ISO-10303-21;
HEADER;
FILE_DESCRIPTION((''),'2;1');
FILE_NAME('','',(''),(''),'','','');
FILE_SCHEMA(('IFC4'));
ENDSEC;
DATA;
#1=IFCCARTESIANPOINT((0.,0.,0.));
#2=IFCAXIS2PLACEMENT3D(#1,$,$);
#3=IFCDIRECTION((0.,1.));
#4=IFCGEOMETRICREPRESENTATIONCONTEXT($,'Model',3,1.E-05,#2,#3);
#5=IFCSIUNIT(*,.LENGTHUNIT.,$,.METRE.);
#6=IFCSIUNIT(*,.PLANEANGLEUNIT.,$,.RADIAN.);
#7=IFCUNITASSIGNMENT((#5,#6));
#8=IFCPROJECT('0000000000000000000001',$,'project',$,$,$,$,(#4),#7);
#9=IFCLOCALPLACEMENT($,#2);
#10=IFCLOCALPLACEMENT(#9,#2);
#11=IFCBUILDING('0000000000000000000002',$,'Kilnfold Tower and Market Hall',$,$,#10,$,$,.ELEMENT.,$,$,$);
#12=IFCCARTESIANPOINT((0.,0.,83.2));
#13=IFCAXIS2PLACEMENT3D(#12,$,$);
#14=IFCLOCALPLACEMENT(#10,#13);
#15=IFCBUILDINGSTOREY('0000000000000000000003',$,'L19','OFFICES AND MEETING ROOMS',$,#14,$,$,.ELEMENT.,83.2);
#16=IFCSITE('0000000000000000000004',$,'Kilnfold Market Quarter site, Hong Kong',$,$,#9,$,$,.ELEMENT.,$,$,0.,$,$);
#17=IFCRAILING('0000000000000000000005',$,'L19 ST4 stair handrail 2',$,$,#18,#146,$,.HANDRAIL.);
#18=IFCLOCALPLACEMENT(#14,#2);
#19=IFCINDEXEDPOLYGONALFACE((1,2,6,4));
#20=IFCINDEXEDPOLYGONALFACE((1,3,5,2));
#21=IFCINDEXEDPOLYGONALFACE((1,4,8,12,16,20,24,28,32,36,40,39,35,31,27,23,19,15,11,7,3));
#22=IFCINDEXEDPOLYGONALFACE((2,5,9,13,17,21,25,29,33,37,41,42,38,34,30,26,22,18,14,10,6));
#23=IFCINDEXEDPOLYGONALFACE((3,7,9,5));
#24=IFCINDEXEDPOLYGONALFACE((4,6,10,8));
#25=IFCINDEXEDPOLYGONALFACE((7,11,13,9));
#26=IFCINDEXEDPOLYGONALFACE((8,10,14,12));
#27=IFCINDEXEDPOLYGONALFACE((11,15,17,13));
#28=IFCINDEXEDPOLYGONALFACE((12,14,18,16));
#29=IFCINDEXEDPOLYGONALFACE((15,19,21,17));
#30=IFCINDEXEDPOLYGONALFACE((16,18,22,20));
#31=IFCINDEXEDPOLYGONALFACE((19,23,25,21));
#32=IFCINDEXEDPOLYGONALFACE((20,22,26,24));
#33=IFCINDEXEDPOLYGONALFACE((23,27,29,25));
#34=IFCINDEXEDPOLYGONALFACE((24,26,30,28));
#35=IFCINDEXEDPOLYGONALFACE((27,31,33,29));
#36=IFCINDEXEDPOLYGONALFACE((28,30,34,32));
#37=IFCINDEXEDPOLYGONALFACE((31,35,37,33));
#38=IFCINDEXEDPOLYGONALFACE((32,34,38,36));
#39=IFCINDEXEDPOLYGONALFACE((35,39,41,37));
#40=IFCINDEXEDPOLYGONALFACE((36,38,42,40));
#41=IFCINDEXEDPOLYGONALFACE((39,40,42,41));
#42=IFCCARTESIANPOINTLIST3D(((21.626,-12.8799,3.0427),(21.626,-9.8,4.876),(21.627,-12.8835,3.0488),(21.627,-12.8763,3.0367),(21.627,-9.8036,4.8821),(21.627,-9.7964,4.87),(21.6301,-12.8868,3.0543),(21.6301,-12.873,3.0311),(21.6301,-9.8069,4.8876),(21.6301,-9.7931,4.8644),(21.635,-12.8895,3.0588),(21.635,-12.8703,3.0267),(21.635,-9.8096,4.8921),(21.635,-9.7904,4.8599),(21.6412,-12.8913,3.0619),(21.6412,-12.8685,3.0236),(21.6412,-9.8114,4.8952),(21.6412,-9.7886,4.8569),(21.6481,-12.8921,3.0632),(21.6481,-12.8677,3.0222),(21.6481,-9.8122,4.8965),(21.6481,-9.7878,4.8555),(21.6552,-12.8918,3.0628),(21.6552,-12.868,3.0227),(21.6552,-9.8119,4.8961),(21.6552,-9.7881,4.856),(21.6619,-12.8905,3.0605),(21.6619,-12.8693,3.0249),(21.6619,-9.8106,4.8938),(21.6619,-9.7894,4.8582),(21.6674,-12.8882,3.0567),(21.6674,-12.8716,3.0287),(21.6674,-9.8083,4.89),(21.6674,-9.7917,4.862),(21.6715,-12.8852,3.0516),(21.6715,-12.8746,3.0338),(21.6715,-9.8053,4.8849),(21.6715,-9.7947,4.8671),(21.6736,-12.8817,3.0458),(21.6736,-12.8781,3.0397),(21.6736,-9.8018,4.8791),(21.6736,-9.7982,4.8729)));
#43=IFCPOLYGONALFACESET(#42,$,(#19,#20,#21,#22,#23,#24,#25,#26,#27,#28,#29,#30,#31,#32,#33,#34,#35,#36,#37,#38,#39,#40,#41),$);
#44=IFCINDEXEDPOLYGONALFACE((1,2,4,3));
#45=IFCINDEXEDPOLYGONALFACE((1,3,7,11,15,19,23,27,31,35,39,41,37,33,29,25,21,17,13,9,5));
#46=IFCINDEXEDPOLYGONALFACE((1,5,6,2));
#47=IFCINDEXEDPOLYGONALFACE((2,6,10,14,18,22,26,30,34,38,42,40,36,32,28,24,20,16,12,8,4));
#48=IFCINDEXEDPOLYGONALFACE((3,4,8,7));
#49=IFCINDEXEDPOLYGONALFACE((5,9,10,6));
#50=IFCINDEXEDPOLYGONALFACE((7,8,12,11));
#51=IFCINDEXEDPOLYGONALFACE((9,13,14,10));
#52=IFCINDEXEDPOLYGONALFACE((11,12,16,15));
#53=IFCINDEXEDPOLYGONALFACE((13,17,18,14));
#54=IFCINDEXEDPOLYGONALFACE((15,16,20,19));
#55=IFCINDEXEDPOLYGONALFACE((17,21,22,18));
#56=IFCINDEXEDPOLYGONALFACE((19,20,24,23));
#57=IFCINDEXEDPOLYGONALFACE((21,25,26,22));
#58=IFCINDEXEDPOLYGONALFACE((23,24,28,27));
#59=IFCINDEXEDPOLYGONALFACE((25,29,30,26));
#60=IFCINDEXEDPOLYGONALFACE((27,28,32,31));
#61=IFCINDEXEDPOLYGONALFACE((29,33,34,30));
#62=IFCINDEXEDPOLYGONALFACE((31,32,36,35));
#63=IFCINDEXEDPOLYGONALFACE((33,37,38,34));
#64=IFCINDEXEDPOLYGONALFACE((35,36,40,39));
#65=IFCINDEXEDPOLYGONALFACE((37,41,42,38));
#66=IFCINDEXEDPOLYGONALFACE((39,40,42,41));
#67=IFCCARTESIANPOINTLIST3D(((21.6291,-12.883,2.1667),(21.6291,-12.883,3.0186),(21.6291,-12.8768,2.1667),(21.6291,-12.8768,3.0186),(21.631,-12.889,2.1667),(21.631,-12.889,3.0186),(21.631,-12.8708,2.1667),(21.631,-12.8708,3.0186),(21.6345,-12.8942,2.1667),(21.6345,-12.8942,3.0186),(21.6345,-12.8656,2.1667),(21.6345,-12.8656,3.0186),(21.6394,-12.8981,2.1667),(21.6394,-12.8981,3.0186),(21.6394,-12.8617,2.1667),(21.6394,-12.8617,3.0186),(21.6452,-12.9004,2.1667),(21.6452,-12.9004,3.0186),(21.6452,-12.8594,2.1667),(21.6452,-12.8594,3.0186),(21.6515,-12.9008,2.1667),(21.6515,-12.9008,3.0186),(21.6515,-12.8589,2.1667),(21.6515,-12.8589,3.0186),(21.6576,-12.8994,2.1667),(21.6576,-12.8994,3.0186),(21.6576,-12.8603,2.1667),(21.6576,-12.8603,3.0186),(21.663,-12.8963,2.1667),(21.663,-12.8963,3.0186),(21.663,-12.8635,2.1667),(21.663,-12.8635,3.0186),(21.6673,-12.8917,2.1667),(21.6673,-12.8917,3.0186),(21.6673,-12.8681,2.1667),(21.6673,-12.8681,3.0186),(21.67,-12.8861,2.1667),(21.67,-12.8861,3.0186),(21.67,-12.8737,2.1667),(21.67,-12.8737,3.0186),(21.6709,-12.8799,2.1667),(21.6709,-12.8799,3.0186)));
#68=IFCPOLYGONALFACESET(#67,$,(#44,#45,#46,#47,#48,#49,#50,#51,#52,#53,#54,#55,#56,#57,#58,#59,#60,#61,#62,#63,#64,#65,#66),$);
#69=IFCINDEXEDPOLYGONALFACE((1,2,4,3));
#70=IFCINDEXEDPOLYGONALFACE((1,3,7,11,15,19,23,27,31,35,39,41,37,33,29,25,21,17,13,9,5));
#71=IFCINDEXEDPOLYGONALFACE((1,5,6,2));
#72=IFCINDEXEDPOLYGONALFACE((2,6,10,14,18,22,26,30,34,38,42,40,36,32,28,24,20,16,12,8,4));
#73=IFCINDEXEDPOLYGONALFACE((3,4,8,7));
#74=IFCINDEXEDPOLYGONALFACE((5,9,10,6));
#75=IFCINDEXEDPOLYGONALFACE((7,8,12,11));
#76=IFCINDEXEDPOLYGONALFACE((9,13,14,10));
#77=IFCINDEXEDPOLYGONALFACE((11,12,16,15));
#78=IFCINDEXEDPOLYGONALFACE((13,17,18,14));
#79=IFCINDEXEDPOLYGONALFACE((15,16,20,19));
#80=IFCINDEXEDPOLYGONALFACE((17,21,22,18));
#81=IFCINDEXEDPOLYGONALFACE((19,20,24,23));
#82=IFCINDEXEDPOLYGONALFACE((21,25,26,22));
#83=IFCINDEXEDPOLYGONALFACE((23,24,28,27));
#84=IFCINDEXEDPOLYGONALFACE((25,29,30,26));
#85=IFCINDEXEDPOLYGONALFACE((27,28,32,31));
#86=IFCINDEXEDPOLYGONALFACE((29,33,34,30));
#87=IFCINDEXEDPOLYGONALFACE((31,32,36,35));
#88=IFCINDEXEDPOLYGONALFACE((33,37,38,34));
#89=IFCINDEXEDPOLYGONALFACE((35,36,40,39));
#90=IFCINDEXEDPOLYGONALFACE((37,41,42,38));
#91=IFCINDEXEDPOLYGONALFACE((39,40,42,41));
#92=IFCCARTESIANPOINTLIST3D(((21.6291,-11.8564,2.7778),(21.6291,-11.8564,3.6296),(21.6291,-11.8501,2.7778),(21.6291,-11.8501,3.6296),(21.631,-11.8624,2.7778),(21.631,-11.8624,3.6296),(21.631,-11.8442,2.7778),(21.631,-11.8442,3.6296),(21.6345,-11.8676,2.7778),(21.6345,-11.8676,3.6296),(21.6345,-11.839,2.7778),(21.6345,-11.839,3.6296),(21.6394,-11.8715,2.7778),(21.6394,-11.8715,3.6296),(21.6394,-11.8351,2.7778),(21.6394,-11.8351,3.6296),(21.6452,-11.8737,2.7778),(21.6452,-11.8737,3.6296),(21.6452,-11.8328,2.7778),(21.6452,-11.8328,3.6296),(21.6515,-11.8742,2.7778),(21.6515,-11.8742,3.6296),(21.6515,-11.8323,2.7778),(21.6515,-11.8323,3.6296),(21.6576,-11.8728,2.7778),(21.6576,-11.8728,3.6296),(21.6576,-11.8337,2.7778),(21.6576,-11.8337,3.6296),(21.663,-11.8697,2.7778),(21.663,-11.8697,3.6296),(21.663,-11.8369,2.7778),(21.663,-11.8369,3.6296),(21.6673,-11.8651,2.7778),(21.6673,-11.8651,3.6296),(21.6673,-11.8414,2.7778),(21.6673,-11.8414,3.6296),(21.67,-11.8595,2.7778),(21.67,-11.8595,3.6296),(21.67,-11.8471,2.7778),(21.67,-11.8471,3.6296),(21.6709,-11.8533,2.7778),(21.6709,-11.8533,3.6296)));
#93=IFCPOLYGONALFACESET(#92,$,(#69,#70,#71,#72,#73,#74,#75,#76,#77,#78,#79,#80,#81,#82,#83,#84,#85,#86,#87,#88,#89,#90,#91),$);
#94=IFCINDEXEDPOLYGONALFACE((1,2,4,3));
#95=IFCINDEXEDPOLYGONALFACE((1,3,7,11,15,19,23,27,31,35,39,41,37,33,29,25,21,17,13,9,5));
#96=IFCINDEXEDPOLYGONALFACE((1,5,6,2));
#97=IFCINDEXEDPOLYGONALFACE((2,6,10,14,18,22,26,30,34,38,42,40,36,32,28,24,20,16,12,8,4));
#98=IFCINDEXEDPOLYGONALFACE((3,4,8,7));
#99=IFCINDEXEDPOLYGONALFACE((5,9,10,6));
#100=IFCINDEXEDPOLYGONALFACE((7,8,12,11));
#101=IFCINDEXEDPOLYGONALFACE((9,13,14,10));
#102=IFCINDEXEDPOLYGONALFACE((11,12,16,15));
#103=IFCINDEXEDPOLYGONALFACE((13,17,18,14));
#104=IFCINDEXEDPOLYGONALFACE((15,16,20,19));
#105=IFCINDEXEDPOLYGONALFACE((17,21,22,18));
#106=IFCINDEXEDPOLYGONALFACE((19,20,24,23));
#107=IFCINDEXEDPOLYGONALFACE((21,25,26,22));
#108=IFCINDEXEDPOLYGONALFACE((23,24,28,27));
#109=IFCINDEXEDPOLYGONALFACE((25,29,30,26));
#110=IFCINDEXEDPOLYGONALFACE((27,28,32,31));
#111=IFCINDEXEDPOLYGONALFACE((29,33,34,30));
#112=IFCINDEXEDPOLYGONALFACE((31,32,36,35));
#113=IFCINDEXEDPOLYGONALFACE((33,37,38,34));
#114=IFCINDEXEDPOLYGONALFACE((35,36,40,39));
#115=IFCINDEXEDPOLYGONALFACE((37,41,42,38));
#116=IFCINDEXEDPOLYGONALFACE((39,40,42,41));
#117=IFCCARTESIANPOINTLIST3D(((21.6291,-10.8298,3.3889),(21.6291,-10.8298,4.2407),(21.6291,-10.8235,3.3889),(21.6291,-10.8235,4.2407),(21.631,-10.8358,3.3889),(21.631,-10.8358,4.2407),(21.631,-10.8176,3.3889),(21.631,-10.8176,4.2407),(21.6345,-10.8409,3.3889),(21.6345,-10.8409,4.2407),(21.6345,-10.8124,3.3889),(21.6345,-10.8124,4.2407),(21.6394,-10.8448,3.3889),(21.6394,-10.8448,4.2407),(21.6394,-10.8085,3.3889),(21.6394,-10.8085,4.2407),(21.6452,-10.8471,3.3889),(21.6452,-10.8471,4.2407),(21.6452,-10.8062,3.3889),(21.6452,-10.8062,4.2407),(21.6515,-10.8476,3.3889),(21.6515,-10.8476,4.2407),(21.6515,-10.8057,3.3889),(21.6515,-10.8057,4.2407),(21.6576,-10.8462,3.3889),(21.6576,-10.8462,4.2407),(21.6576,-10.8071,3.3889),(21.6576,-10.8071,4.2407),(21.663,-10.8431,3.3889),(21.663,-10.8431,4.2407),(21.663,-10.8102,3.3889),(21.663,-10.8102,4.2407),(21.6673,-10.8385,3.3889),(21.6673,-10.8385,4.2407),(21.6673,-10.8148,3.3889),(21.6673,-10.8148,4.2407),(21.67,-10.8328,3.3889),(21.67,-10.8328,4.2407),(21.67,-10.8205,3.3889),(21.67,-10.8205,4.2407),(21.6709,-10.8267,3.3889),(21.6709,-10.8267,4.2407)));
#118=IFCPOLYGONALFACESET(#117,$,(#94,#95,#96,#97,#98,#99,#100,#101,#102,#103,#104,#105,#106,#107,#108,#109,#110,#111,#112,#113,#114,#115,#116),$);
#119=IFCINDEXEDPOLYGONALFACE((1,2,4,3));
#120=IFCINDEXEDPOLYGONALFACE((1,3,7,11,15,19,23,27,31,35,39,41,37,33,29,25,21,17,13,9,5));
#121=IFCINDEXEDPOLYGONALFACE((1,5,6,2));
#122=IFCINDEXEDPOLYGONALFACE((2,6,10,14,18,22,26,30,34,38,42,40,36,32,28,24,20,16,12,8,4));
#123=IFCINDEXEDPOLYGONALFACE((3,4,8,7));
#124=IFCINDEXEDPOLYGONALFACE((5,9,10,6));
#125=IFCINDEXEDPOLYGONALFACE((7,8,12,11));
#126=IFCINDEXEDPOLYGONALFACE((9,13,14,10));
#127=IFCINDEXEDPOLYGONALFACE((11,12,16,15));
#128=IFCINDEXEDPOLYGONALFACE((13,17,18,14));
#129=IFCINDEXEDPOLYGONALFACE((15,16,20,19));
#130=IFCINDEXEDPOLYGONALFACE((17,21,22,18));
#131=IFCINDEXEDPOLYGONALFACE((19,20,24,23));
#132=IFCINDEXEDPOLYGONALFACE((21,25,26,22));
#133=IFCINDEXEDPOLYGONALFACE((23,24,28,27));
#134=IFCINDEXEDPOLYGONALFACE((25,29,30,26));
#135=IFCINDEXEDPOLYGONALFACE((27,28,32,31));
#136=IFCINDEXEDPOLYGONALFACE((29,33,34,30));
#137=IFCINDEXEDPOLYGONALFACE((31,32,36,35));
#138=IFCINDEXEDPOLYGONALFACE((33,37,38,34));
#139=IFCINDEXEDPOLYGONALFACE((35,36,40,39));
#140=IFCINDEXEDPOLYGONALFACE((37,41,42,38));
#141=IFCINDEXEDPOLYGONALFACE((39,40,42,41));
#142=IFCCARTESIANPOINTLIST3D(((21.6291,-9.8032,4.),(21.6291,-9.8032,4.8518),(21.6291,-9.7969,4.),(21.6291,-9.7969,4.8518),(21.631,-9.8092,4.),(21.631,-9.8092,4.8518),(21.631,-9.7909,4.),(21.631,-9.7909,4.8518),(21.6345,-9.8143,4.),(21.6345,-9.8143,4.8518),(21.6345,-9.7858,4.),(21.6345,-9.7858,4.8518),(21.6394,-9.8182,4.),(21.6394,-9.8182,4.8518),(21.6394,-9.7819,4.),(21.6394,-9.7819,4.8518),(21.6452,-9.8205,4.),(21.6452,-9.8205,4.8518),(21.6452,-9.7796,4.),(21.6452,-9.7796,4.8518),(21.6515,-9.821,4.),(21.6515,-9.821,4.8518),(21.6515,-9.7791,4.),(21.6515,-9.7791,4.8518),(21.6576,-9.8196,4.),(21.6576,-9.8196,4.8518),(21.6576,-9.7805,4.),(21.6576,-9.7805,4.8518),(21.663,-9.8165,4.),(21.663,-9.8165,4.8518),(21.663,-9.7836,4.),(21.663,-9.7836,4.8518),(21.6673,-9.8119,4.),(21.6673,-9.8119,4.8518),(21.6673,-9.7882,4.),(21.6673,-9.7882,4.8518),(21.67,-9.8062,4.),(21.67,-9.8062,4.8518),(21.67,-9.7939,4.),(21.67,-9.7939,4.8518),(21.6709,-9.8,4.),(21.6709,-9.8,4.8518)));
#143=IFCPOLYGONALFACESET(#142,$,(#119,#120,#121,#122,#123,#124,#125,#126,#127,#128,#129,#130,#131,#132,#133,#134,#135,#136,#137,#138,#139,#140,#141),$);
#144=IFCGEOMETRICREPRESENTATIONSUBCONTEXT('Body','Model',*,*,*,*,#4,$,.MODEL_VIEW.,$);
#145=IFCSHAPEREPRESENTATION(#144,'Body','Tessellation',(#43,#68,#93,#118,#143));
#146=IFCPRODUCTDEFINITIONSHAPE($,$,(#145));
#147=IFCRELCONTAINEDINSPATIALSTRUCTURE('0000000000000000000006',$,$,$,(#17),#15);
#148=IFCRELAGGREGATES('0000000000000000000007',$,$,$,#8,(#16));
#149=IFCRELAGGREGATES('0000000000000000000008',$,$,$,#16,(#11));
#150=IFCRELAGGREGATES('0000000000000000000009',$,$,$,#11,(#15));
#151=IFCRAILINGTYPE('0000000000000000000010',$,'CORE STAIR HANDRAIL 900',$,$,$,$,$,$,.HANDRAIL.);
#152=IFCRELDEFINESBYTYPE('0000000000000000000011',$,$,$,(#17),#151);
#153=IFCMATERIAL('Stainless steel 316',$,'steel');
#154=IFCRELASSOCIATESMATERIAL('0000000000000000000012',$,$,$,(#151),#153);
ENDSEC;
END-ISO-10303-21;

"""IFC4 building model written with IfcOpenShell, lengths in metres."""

from ifc_helpers import new_model, si_unit, direction, frame, origin, origin_2d, place, context, subcontext, project, spatial, circle, extrude, material, type_object, element, save


model = new_model("IFC4")

# Units and contexts
model_context = context("Model", 3, precision=1e-05, world=origin(), true_north=direction((0.0, 1.0)))
body_context = subcontext(model_context, "Body", "Model", "MODEL_VIEW")
ifc_project = project(units=[si_unit("LENGTHUNIT", "METRE"), si_unit("PLANEANGLEUNIT", "RADIAN")], contexts=[model_context])

# Site, building, storey
site_placement = place(None, origin())
site = spatial("IfcSite", under=ifc_project, at=site_placement, Name="Kilnfold Market Quarter site, Hong Kong", CompositionType="ELEMENT", RefElevation=0.0)
building_placement = place(site_placement, origin())
building = spatial("IfcBuilding", under=site, at=building_placement, Name="Kilnfold Tower and Market Hall", CompositionType="ELEMENT")
storey_placement = place(building_placement, frame((0.0, 0.0, 83.2)))
storey = spatial("IfcBuildingStorey", under=building, at=storey_placement, Name="L19", Description="OFFICES AND MEETING ROOMS", CompositionType="ELEMENT", Elevation=83.2)

# Railing
ifc_material_1 = material(Name="Stainless steel 316", Category="steel")
railing_type_1 = type_object("IfcRailingType", Name="CORE STAIR HANDRAIL 900", PredefinedType="HANDRAIL", material=ifc_material_1)
railing_1_placement = place(storey_placement, frame((21.6499, -12.8799, 2.1667)))
element("IfcRailing", 1, at=railing_1_placement, inside=storey, type_object=railing_type_1, Name="L19 ST4 stair handrail 2", PredefinedType="HANDRAIL", context=body_context, shape_type="SweptSolid", body=[
    extrude(circle(Radius=0.0239, at=origin_2d()), frame((0.0, 0.0, 0.876), z_axis=(0.0, 0.859291, 0.511487), x_axis=(-1.0, 0.0, 0.0)), (0.0, 0.0, 1.0), 3.5842),
    extrude(circle(Radius=0.021, at=origin_2d()), origin(), (0.0, 0.0, 1.0), 0.8518),
    extrude(circle(Radius=0.021, at=origin_2d()), frame((0.0, 1.0266, 0.6111)), (0.0, 0.0, 1.0), 0.8518),
    extrude(circle(Radius=0.021, at=origin_2d()), frame((0.0, 2.0532, 1.2222)), (0.0, 0.0, 1.0), 0.8518),
    extrude(circle(Radius=0.021, at=origin_2d()), frame((0.0, 3.0798, 1.8333)), (0.0, 0.0, 1.0), 0.8518),
])

save(model, "model.ifc")
